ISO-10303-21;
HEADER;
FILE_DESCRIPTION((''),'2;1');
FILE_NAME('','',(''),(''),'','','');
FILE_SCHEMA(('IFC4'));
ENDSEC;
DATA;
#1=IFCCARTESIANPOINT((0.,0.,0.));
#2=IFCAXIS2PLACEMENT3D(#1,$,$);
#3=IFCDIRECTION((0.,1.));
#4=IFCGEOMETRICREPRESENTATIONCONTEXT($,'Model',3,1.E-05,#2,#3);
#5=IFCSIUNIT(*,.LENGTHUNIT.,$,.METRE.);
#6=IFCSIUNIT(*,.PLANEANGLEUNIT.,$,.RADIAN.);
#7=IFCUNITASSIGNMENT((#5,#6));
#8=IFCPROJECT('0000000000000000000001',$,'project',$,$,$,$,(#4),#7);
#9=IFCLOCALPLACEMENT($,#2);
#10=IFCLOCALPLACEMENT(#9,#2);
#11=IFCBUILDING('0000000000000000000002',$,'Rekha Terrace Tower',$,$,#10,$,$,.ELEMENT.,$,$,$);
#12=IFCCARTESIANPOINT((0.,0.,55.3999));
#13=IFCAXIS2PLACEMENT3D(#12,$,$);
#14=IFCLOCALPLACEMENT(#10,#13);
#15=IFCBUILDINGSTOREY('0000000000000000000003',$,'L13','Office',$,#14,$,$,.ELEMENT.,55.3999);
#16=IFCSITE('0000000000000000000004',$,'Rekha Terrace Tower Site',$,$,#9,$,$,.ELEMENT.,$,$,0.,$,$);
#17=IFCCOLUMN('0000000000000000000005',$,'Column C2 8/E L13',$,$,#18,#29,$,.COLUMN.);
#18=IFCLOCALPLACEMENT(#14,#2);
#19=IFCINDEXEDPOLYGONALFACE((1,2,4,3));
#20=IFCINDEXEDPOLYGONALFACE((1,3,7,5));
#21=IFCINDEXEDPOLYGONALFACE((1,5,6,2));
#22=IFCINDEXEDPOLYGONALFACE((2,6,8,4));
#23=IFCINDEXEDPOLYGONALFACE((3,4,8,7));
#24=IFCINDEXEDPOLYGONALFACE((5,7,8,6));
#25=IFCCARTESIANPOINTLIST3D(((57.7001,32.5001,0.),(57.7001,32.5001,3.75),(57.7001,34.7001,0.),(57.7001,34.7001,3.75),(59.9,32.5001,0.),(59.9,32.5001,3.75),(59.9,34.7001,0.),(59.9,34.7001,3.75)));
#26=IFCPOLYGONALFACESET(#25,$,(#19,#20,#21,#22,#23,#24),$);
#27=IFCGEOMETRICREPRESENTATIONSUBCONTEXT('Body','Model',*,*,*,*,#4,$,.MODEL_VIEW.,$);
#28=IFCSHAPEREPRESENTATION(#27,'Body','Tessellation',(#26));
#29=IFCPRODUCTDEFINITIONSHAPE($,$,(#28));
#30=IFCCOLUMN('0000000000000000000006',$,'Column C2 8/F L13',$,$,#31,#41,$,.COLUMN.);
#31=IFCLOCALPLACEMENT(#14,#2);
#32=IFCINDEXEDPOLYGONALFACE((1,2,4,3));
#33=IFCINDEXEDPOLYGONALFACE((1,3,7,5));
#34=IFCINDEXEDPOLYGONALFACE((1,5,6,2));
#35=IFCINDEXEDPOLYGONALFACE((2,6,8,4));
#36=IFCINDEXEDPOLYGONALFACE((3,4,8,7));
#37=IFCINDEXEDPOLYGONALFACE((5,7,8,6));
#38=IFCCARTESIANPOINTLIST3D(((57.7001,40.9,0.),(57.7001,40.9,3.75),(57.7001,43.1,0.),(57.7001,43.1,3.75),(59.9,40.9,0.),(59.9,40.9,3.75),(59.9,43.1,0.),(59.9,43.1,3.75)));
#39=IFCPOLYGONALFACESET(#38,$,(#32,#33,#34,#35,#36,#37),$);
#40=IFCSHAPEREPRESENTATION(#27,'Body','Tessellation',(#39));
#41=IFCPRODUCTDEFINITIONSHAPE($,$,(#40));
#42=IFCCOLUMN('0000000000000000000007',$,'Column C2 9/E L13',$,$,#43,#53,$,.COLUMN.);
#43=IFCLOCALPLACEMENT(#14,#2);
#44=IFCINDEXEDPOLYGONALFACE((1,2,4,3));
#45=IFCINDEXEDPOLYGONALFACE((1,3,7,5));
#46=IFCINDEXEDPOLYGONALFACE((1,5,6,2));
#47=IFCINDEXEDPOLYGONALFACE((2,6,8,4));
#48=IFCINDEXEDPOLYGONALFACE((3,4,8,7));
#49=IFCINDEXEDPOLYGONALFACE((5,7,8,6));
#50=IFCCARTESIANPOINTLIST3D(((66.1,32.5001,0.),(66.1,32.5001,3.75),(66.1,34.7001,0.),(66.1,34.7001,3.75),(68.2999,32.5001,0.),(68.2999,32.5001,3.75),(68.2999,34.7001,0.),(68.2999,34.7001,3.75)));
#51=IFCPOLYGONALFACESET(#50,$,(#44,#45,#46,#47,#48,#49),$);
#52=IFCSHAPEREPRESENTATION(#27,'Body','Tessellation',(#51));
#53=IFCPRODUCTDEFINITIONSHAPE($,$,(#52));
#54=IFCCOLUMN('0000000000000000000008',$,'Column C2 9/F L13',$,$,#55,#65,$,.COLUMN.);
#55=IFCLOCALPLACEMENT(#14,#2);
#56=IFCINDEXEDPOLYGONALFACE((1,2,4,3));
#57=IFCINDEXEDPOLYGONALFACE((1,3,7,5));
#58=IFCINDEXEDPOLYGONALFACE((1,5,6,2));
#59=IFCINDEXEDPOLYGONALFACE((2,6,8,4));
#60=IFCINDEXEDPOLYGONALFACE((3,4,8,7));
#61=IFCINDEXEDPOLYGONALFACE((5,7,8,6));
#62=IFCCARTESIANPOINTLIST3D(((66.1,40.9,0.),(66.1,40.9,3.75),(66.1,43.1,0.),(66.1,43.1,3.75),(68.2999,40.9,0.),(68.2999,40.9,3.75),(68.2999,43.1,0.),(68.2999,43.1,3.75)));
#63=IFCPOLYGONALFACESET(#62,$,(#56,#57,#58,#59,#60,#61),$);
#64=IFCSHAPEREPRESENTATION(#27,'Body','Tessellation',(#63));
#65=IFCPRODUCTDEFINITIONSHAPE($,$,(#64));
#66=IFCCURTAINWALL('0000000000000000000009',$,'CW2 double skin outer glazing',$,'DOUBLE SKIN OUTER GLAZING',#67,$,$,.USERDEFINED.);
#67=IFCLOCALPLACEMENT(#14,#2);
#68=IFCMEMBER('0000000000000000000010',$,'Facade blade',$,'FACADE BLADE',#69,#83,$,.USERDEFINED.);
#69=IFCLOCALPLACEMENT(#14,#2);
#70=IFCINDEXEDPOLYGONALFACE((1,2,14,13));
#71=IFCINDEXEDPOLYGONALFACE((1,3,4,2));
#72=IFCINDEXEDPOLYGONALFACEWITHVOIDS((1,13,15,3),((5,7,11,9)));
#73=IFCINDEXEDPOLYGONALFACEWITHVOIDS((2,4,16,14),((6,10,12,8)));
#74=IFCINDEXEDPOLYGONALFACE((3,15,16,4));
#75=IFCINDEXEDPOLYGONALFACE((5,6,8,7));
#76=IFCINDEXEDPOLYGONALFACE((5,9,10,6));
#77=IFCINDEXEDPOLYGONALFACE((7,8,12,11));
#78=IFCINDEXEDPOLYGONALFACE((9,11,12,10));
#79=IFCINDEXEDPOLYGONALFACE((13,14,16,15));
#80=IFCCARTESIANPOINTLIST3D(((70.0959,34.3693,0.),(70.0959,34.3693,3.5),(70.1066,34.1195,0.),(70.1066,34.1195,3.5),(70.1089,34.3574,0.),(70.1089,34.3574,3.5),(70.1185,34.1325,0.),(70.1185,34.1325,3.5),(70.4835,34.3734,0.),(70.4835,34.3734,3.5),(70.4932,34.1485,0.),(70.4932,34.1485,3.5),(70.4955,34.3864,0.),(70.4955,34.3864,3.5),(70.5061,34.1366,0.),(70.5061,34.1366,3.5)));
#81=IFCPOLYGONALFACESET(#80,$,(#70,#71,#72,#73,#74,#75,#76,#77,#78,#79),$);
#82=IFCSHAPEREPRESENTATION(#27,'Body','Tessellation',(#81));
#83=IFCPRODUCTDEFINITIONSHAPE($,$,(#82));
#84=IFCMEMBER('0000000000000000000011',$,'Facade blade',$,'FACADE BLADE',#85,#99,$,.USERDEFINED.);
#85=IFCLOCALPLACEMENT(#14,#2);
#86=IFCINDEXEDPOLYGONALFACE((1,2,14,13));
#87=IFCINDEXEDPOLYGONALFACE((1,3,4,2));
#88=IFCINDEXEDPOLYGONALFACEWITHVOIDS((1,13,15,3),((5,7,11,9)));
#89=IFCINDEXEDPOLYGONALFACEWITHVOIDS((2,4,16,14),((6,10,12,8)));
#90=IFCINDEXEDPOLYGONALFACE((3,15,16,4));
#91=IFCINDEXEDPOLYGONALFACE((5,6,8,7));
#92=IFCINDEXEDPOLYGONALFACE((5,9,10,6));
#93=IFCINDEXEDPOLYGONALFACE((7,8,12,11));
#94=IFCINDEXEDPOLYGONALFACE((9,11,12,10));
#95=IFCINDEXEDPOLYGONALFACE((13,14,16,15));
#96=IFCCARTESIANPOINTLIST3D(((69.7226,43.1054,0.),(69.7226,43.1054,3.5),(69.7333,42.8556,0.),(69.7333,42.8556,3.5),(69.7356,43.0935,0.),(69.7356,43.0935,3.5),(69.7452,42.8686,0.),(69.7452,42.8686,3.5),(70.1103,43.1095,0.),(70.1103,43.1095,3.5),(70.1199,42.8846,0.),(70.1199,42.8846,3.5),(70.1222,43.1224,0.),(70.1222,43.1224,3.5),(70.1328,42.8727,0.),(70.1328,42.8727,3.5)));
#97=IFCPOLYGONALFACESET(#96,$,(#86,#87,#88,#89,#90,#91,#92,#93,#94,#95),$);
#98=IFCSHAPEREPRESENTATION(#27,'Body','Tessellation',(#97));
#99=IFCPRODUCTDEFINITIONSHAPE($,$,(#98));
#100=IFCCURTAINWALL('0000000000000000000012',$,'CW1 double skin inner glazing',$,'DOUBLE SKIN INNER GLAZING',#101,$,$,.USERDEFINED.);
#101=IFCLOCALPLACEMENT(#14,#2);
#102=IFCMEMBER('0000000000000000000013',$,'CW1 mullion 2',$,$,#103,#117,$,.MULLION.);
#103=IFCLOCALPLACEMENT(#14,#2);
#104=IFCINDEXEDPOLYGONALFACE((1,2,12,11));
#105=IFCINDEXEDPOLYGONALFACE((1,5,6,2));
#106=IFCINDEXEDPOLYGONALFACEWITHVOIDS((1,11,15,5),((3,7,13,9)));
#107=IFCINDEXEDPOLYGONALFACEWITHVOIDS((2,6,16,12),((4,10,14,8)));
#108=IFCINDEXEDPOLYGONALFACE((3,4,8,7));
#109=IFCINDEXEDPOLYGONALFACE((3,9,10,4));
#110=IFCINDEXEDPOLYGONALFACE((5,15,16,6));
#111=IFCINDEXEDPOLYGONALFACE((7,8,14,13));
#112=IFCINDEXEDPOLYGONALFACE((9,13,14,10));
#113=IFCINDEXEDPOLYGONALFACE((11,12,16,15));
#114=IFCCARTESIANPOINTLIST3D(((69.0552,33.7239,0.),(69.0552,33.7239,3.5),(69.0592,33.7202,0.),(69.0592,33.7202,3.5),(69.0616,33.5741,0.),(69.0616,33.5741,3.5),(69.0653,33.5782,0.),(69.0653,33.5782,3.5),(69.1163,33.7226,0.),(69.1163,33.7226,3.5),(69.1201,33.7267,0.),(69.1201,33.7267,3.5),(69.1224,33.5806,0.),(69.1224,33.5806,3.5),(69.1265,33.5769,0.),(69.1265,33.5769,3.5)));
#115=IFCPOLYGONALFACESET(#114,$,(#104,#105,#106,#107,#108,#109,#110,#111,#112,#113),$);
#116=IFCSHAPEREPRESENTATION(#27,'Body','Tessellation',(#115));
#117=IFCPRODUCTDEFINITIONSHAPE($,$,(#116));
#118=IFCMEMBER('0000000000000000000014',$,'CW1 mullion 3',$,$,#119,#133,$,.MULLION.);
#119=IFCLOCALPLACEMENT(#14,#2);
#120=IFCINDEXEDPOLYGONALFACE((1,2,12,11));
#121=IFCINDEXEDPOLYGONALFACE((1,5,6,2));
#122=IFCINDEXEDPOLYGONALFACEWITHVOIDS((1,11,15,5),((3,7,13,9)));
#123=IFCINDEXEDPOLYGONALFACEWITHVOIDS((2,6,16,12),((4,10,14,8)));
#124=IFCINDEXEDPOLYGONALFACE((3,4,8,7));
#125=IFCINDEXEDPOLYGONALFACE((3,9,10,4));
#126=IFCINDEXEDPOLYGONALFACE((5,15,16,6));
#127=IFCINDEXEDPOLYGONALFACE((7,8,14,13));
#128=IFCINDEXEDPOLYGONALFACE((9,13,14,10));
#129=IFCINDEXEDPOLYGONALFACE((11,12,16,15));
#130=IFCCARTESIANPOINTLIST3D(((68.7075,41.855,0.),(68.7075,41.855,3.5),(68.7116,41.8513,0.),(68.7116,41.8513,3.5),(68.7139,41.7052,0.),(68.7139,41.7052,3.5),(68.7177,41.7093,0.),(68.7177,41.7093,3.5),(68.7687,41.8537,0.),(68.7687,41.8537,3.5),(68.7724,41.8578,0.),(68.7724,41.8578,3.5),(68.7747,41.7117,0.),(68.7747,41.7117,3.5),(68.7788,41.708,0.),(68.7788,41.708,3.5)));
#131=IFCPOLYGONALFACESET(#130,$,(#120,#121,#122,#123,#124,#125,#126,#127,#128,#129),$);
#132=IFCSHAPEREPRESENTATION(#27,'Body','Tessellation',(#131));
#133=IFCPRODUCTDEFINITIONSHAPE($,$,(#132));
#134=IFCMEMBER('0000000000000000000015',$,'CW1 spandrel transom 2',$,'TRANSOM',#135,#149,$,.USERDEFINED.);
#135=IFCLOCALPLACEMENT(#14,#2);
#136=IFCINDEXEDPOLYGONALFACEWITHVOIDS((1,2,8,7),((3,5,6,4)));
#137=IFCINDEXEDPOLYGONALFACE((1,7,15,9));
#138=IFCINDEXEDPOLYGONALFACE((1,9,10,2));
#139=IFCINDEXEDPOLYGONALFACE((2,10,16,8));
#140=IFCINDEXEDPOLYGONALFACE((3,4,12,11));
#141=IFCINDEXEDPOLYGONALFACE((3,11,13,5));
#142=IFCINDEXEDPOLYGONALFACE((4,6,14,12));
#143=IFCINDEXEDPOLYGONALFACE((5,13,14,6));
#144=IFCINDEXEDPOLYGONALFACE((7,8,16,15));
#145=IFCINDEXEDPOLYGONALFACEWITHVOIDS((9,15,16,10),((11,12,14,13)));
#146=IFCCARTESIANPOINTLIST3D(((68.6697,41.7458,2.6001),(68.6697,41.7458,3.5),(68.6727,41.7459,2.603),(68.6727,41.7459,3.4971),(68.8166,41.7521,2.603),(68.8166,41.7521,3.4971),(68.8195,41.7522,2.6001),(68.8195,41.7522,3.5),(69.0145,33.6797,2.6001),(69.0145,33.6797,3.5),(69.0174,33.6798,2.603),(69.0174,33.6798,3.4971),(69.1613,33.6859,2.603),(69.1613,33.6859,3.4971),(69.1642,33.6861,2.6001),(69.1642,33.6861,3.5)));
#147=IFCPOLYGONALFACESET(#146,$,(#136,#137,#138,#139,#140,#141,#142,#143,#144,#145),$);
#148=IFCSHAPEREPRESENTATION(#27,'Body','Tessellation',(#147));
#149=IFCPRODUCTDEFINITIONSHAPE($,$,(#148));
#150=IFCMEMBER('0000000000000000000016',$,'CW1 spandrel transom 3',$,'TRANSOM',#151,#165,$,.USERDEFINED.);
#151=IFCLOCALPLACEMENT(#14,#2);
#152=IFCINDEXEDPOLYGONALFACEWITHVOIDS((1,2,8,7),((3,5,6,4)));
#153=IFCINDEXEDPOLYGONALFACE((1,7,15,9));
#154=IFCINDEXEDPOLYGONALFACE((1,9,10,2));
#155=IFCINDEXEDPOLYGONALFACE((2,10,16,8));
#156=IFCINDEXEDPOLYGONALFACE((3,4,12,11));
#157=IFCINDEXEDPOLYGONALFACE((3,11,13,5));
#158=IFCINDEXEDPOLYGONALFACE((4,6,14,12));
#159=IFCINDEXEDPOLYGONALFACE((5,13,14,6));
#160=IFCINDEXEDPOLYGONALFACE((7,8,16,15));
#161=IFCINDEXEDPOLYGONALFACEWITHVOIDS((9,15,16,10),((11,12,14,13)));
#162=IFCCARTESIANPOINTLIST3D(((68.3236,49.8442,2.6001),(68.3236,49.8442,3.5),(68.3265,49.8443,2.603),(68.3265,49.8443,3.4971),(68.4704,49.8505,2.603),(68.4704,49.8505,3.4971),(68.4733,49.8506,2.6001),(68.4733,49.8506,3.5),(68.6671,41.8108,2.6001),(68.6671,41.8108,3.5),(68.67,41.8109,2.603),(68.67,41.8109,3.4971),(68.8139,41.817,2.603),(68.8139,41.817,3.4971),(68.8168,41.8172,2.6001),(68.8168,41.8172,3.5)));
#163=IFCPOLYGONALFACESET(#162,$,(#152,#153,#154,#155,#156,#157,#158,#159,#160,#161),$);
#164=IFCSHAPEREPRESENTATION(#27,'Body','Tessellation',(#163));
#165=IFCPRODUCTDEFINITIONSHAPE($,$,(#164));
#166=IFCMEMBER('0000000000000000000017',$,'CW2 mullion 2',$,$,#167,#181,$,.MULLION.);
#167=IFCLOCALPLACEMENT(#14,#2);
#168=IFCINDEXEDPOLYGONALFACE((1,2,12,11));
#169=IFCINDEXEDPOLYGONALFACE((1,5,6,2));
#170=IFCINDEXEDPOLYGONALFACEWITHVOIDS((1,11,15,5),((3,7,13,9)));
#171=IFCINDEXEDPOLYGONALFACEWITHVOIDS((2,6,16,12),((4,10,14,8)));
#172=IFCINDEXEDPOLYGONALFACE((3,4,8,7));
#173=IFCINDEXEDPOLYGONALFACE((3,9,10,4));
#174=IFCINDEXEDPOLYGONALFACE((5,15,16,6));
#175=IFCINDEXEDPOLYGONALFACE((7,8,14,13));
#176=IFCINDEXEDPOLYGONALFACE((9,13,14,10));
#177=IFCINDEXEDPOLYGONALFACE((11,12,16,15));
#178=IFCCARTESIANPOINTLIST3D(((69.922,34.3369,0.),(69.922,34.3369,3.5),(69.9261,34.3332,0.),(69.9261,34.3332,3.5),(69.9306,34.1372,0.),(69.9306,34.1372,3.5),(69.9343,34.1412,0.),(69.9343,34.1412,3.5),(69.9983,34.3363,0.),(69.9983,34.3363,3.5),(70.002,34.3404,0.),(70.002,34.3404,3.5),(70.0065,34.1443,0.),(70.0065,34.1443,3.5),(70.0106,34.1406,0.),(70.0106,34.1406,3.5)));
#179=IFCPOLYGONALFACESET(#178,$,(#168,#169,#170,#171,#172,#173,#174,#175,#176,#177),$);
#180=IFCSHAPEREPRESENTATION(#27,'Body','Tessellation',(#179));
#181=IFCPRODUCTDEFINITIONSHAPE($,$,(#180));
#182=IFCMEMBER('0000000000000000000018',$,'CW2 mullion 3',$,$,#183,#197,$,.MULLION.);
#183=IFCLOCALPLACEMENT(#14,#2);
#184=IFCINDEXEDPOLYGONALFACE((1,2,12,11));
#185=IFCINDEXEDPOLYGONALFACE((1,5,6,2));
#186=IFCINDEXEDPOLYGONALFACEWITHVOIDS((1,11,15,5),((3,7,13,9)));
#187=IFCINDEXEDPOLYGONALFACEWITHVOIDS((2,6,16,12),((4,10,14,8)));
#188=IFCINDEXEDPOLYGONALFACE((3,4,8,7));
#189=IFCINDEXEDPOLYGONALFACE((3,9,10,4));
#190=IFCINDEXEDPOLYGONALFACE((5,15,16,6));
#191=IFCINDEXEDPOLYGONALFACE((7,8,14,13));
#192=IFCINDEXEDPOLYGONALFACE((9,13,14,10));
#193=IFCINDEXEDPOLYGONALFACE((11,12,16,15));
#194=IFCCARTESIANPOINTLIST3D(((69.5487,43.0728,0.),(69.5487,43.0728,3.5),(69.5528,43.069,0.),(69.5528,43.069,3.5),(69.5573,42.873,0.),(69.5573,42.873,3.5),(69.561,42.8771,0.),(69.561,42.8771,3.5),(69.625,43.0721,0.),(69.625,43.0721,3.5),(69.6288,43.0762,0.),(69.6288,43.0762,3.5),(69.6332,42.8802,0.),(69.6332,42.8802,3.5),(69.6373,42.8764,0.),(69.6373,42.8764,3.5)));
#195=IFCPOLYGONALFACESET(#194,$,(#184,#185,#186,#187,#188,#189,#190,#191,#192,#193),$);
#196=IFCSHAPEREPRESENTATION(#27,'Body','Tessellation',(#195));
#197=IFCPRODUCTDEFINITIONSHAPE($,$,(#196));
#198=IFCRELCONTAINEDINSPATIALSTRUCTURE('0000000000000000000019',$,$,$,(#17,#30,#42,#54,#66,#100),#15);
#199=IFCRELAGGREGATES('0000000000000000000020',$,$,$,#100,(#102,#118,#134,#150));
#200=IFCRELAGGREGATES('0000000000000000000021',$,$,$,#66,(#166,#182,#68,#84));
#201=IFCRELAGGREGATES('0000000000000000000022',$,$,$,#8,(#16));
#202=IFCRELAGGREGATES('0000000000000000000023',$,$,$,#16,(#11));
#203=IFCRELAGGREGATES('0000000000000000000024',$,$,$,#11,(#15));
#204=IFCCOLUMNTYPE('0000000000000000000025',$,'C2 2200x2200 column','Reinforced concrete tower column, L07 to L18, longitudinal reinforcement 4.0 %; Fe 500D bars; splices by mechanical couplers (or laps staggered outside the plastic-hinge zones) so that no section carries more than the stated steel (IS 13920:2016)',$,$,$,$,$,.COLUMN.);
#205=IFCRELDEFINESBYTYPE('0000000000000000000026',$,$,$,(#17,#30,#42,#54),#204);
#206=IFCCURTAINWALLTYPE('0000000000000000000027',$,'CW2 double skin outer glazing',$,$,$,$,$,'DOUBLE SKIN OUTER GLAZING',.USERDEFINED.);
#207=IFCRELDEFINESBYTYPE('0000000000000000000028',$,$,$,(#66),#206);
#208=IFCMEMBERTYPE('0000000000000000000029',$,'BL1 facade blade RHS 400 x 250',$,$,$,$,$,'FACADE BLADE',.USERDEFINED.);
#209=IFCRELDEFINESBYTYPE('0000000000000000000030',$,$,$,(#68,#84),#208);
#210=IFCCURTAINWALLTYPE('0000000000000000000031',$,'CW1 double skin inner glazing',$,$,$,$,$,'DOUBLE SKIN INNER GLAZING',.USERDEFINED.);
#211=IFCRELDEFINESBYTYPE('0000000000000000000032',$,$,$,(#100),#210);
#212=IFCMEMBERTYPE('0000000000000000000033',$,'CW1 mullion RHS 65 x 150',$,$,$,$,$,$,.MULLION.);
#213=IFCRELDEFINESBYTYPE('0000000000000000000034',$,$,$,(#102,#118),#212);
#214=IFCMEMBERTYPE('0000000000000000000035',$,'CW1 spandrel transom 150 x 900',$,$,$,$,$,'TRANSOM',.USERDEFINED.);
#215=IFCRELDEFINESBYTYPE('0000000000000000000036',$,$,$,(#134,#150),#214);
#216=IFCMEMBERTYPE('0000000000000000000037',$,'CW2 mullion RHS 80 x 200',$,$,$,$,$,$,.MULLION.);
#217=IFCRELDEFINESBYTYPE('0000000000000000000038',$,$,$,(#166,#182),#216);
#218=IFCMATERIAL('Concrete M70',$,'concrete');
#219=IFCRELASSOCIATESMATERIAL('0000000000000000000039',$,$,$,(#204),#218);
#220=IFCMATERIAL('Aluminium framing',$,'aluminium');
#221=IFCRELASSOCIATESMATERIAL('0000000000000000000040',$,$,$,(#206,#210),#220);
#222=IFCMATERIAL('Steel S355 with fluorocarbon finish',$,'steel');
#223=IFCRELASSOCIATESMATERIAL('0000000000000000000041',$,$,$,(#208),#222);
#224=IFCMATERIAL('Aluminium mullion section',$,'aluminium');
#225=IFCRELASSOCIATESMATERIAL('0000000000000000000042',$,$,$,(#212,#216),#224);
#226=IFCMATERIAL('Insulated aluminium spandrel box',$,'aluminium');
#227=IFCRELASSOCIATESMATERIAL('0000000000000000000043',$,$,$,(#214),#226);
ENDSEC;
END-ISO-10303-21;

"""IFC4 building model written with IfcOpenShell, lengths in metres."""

from ifc_helpers import new_model, si_unit, direction, frame, origin, origin_2d, place, context, subcontext, project, spatial, rectangle, hollow_rectangle, extrude, material, material_profile, profile_set, type_object, element, aggregate, save


model = new_model("IFC4")

# Units and contexts
model_context = context("Model", 3, precision=1e-05, world=origin(), true_north=direction((0.0, 1.0)))
body_context = subcontext(model_context, "Body", "Model", "MODEL_VIEW")
ifc_project = project(units=[si_unit("LENGTHUNIT", "METRE"), si_unit("PLANEANGLEUNIT", "RADIAN")], contexts=[model_context])

# Site, building, storey
site_placement = place(None, origin())
site = spatial("IfcSite", under=ifc_project, at=site_placement, Name="Rekha Terrace Tower Site", CompositionType="ELEMENT", RefElevation=0.0)
building_placement = place(site_placement, origin())
building = spatial("IfcBuilding", under=site, at=building_placement, Name="Rekha Terrace Tower", CompositionType="ELEMENT")
storey_placement = place(building_placement, frame((0.0, 0.0, 55.3999)))
storey = spatial("IfcBuildingStorey", under=building, at=storey_placement, Name="L13", Description="Office", CompositionType="ELEMENT", Elevation=55.3999)

# Columns
ifc_material_1 = material(Name="Concrete M70", Category="concrete")
ifc_material_profile_1 = material_profile(ifc_material_1, rectangle(XDim=2.2, YDim=2.2, at=origin_2d()), Name="RC 2200x2200")
ifc_profile_set_1 = profile_set([ifc_material_profile_1], Name="Concrete M70")
column_type = type_object("IfcColumnType", Name="C2 2200x2200 column", Description="Reinforced concrete tower column, L07 to L18, longitudinal reinforcement 4.0 %; Fe 500D bars; splices by mechanical couplers (or laps staggered outside the plastic-hinge zones) so that no section carries more than the stated steel (IS 13920:2016)", PredefinedType="COLUMN", material=ifc_profile_set_1)
for number, where, z_axis, x_axis, name in (
    (1, (58.8, 33.6001, 0.0), (0.0, 0.0, 1.0), (1.0, 0.0, 0.0), "Column C2 8/E L13"),
    (2, (58.8, 42.0, 0.0), (0.0, 0.0, 1.0), (1.0, 0.0, 0.0), "Column C2 8/F L13"),
    (3, (67.2, 33.6001, 0.0), (0.0, 0.0, 1.0), (1.0, 0.0, 0.0), "Column C2 9/E L13"),
    (4, (67.2, 42.0, 0.0), (0.0, 0.0, 1.0), (1.0, 0.0, 0.0), "Column C2 9/F L13"),
):
    element("IfcColumn", number, at=place(storey_placement, frame(where, z_axis=z_axis, x_axis=x_axis)), inside=storey, type_object=column_type, Name=name, PredefinedType="COLUMN", context=body_context, shape_type="SweptSolid", body=[
        extrude(rectangle(XDim=2.2, YDim=2.2, at=origin_2d()), origin(), (0.0, 0.0, 1.0), 3.75),
    ])

# Curtain walls, members
ifc_material_2 = material(Name="Aluminium framing", Category="aluminium")
curtain_wall_type_1 = type_object("IfcCurtainWallType", Name="CW2 double skin outer glazing", ElementType="DOUBLE SKIN OUTER GLAZING", PredefinedType="USERDEFINED", material=ifc_material_2)
curtain_wall_1_placement = place(storey_placement, origin())
curtain_wall_1 = element("IfcCurtainWall", 5, at=curtain_wall_1_placement, inside=storey, type_object=curtain_wall_type_1, Name="CW2 double skin outer glazing", ObjectType="DOUBLE SKIN OUTER GLAZING", PredefinedType="USERDEFINED")
ifc_material_3 = material(Name="Steel S355 with fluorocarbon finish", Category="steel")
ifc_material_profile_2 = material_profile(ifc_material_3, hollow_rectangle(XDim=0.25, YDim=0.3999, WallThickness=0.0125, at=origin_2d()), Name="RHS400x250x12.5")
ifc_profile_set_2 = profile_set([ifc_material_profile_2], Name="Steel S355 with fluorocarbon finish")
member_type_1 = type_object("IfcMemberType", Name="BL1 facade blade RHS 400 x 250", ElementType="FACADE BLADE", PredefinedType="USERDEFINED", material=ifc_profile_set_2)
member_1_placement = place(storey_placement, frame((70.301, 34.2529, 0.0), z_axis=(0.0, 0.0, 1.0), x_axis=(-0.042695, 0.999088, 0.0)))
member_1 = element("IfcMember", 6, at=member_1_placement, type_object=member_type_1, Name="Facade blade", ObjectType="FACADE BLADE", PredefinedType="USERDEFINED", context=body_context, shape_type="SweptSolid", body=[
    extrude(hollow_rectangle(XDim=0.25, YDim=0.3999, WallThickness=0.0125, at=origin_2d()), origin(), (0.0, 0.0, 1.0), 3.5),
])
member_2_placement = place(storey_placement, frame((69.9277, 42.989, 0.0), z_axis=(0.0, 0.0, 1.0), x_axis=(-0.042695, 0.999088, 0.0)))
member_2 = element("IfcMember", 7, at=member_2_placement, type_object=member_type_1, Name="Facade blade", ObjectType="FACADE BLADE", PredefinedType="USERDEFINED", context=body_context, shape_type="SweptSolid", body=[
    extrude(hollow_rectangle(XDim=0.25, YDim=0.3999, WallThickness=0.0125, at=origin_2d()), origin(), (0.0, 0.0, 1.0), 3.5),
])
curtain_wall_type_2 = type_object("IfcCurtainWallType", Name="CW1 double skin inner glazing", ElementType="DOUBLE SKIN INNER GLAZING", PredefinedType="USERDEFINED", material=ifc_material_2)
curtain_wall_2_placement = place(storey_placement, origin())
curtain_wall_2 = element("IfcCurtainWall", 8, at=curtain_wall_2_placement, inside=storey, type_object=curtain_wall_type_2, Name="CW1 double skin inner glazing", ObjectType="DOUBLE SKIN INNER GLAZING", PredefinedType="USERDEFINED")
ifc_material_4 = material(Name="Aluminium mullion section", Category="aluminium")
ifc_material_profile_3 = material_profile(ifc_material_4, hollow_rectangle(XDim=0.0649, YDim=0.1499, WallThickness=0.0039, at=origin_2d()), Name="AL RHS 65x150")
ifc_profile_set_3 = profile_set([ifc_material_profile_3], Name="Aluminium mullion section")
member_type_2 = type_object("IfcMemberType", Name="CW1 mullion RHS 65 x 150", PredefinedType="MULLION", material=ifc_profile_set_3)
member_3_placement = place(storey_placement, frame((69.0908, 33.6504, 0.0), z_axis=(0.0, 0.0, 1.0), x_axis=(-0.999088, -0.042696, 0.0)))
member_3 = element("IfcMember", 9, at=member_3_placement, type_object=member_type_2, Name="CW1 mullion 2", PredefinedType="MULLION", context=body_context, shape_type="SweptSolid", body=[
    extrude(hollow_rectangle(XDim=0.0649, YDim=0.1499, WallThickness=0.0039, at=origin_2d()), origin(), (0.0, 0.0, 1.0), 3.5),
])
member_4_placement = place(storey_placement, frame((68.7432, 41.7815, 0.0), z_axis=(0.0, 0.0, 1.0), x_axis=(-0.999088, -0.042696, 0.0)))
member_4 = element("IfcMember", 10, at=member_4_placement, type_object=member_type_2, Name="CW1 mullion 3", PredefinedType="MULLION", context=body_context, shape_type="SweptSolid", body=[
    extrude(hollow_rectangle(XDim=0.0649, YDim=0.1499, WallThickness=0.0039, at=origin_2d()), origin(), (0.0, 0.0, 1.0), 3.5),
])
ifc_material_5 = material(Name="Insulated aluminium spandrel box", Category="aluminium")
ifc_material_profile_4 = material_profile(ifc_material_5, hollow_rectangle(XDim=0.1499, YDim=0.8999, WallThickness=0.0029, at=origin_2d()), Name="AL SPANDREL BOX 150x900")
ifc_profile_set_4 = profile_set([ifc_material_profile_4], Name="Insulated aluminium spandrel box")
member_type_3 = type_object("IfcMemberType", Name="CW1 spandrel transom 150 x 900", ElementType="TRANSOM", PredefinedType="USERDEFINED", material=ifc_profile_set_4)
member_5_placement = place(storey_placement, frame((69.0894, 33.6829, 3.05), z_axis=(-0.042698, 0.999088, 0.0), x_axis=(-0.999088, -0.042698, 0.0)))
member_5 = element("IfcMember", 11, at=member_5_placement, type_object=member_type_3, Name="CW1 spandrel transom 2", ObjectType="TRANSOM", PredefinedType="USERDEFINED", context=body_context, shape_type="SweptSolid", body=[
    extrude(hollow_rectangle(XDim=0.1499, YDim=0.8999, WallThickness=0.0029, at=origin_2d()), origin(), (0.0, 0.0, 1.0), 8.0735),
])
member_6_placement = place(storey_placement, frame((68.7419, 41.814, 3.05), z_axis=(-0.04272, 0.999087, 0.0), x_axis=(-0.999087, -0.04272, 0.0)))
member_6 = element("IfcMember", 12, at=member_6_placement, type_object=member_type_3, Name="CW1 spandrel transom 3", ObjectType="TRANSOM", PredefinedType="USERDEFINED", context=body_context, shape_type="SweptSolid", body=[
    extrude(hollow_rectangle(XDim=0.1499, YDim=0.8999, WallThickness=0.0029, at=origin_2d()), origin(), (0.0, 0.0, 1.0), 8.0408),
])

# Members
ifc_material_profile_5 = material_profile(ifc_material_4, hollow_rectangle(XDim=0.0801, YDim=0.2, WallThickness=0.0039, at=origin_2d()), Name="AL RHS 80x200")
ifc_profile_set_5 = profile_set([ifc_material_profile_5], Name="Aluminium mullion section")
member_type_4 = type_object("IfcMemberType", Name="CW2 mullion RHS 80 x 200", PredefinedType="MULLION", material=ifc_profile_set_5)
member_7_placement = place(storey_placement, frame((69.9663, 34.2388, 0.0), z_axis=(0.0, 0.0, 1.0), x_axis=(-0.999088, -0.042696, 0.0)))
member_7 = element("IfcMember", 13, at=member_7_placement, type_object=member_type_4, Name="CW2 mullion 2", PredefinedType="MULLION", context=body_context, shape_type="SweptSolid", body=[
    extrude(hollow_rectangle(XDim=0.0801, YDim=0.2, WallThickness=0.0039, at=origin_2d()), origin(), (0.0, 0.0, 1.0), 3.5),
])
member_8_placement = place(storey_placement, frame((69.593, 42.9746, 0.0), z_axis=(0.0, 0.0, 1.0), x_axis=(-0.999088, -0.042696, 0.0)))
member_8 = element("IfcMember", 14, at=member_8_placement, type_object=member_type_4, Name="CW2 mullion 3", PredefinedType="MULLION", context=body_context, shape_type="SweptSolid", body=[
    extrude(hollow_rectangle(XDim=0.0801, YDim=0.2, WallThickness=0.0039, at=origin_2d()), origin(), (0.0, 0.0, 1.0), 3.5),
])

aggregate(curtain_wall_2, [member_3, member_4, member_5, member_6])
aggregate(curtain_wall_1, [member_7, member_8, member_1, member_2])

save(model, "model.ifc")
